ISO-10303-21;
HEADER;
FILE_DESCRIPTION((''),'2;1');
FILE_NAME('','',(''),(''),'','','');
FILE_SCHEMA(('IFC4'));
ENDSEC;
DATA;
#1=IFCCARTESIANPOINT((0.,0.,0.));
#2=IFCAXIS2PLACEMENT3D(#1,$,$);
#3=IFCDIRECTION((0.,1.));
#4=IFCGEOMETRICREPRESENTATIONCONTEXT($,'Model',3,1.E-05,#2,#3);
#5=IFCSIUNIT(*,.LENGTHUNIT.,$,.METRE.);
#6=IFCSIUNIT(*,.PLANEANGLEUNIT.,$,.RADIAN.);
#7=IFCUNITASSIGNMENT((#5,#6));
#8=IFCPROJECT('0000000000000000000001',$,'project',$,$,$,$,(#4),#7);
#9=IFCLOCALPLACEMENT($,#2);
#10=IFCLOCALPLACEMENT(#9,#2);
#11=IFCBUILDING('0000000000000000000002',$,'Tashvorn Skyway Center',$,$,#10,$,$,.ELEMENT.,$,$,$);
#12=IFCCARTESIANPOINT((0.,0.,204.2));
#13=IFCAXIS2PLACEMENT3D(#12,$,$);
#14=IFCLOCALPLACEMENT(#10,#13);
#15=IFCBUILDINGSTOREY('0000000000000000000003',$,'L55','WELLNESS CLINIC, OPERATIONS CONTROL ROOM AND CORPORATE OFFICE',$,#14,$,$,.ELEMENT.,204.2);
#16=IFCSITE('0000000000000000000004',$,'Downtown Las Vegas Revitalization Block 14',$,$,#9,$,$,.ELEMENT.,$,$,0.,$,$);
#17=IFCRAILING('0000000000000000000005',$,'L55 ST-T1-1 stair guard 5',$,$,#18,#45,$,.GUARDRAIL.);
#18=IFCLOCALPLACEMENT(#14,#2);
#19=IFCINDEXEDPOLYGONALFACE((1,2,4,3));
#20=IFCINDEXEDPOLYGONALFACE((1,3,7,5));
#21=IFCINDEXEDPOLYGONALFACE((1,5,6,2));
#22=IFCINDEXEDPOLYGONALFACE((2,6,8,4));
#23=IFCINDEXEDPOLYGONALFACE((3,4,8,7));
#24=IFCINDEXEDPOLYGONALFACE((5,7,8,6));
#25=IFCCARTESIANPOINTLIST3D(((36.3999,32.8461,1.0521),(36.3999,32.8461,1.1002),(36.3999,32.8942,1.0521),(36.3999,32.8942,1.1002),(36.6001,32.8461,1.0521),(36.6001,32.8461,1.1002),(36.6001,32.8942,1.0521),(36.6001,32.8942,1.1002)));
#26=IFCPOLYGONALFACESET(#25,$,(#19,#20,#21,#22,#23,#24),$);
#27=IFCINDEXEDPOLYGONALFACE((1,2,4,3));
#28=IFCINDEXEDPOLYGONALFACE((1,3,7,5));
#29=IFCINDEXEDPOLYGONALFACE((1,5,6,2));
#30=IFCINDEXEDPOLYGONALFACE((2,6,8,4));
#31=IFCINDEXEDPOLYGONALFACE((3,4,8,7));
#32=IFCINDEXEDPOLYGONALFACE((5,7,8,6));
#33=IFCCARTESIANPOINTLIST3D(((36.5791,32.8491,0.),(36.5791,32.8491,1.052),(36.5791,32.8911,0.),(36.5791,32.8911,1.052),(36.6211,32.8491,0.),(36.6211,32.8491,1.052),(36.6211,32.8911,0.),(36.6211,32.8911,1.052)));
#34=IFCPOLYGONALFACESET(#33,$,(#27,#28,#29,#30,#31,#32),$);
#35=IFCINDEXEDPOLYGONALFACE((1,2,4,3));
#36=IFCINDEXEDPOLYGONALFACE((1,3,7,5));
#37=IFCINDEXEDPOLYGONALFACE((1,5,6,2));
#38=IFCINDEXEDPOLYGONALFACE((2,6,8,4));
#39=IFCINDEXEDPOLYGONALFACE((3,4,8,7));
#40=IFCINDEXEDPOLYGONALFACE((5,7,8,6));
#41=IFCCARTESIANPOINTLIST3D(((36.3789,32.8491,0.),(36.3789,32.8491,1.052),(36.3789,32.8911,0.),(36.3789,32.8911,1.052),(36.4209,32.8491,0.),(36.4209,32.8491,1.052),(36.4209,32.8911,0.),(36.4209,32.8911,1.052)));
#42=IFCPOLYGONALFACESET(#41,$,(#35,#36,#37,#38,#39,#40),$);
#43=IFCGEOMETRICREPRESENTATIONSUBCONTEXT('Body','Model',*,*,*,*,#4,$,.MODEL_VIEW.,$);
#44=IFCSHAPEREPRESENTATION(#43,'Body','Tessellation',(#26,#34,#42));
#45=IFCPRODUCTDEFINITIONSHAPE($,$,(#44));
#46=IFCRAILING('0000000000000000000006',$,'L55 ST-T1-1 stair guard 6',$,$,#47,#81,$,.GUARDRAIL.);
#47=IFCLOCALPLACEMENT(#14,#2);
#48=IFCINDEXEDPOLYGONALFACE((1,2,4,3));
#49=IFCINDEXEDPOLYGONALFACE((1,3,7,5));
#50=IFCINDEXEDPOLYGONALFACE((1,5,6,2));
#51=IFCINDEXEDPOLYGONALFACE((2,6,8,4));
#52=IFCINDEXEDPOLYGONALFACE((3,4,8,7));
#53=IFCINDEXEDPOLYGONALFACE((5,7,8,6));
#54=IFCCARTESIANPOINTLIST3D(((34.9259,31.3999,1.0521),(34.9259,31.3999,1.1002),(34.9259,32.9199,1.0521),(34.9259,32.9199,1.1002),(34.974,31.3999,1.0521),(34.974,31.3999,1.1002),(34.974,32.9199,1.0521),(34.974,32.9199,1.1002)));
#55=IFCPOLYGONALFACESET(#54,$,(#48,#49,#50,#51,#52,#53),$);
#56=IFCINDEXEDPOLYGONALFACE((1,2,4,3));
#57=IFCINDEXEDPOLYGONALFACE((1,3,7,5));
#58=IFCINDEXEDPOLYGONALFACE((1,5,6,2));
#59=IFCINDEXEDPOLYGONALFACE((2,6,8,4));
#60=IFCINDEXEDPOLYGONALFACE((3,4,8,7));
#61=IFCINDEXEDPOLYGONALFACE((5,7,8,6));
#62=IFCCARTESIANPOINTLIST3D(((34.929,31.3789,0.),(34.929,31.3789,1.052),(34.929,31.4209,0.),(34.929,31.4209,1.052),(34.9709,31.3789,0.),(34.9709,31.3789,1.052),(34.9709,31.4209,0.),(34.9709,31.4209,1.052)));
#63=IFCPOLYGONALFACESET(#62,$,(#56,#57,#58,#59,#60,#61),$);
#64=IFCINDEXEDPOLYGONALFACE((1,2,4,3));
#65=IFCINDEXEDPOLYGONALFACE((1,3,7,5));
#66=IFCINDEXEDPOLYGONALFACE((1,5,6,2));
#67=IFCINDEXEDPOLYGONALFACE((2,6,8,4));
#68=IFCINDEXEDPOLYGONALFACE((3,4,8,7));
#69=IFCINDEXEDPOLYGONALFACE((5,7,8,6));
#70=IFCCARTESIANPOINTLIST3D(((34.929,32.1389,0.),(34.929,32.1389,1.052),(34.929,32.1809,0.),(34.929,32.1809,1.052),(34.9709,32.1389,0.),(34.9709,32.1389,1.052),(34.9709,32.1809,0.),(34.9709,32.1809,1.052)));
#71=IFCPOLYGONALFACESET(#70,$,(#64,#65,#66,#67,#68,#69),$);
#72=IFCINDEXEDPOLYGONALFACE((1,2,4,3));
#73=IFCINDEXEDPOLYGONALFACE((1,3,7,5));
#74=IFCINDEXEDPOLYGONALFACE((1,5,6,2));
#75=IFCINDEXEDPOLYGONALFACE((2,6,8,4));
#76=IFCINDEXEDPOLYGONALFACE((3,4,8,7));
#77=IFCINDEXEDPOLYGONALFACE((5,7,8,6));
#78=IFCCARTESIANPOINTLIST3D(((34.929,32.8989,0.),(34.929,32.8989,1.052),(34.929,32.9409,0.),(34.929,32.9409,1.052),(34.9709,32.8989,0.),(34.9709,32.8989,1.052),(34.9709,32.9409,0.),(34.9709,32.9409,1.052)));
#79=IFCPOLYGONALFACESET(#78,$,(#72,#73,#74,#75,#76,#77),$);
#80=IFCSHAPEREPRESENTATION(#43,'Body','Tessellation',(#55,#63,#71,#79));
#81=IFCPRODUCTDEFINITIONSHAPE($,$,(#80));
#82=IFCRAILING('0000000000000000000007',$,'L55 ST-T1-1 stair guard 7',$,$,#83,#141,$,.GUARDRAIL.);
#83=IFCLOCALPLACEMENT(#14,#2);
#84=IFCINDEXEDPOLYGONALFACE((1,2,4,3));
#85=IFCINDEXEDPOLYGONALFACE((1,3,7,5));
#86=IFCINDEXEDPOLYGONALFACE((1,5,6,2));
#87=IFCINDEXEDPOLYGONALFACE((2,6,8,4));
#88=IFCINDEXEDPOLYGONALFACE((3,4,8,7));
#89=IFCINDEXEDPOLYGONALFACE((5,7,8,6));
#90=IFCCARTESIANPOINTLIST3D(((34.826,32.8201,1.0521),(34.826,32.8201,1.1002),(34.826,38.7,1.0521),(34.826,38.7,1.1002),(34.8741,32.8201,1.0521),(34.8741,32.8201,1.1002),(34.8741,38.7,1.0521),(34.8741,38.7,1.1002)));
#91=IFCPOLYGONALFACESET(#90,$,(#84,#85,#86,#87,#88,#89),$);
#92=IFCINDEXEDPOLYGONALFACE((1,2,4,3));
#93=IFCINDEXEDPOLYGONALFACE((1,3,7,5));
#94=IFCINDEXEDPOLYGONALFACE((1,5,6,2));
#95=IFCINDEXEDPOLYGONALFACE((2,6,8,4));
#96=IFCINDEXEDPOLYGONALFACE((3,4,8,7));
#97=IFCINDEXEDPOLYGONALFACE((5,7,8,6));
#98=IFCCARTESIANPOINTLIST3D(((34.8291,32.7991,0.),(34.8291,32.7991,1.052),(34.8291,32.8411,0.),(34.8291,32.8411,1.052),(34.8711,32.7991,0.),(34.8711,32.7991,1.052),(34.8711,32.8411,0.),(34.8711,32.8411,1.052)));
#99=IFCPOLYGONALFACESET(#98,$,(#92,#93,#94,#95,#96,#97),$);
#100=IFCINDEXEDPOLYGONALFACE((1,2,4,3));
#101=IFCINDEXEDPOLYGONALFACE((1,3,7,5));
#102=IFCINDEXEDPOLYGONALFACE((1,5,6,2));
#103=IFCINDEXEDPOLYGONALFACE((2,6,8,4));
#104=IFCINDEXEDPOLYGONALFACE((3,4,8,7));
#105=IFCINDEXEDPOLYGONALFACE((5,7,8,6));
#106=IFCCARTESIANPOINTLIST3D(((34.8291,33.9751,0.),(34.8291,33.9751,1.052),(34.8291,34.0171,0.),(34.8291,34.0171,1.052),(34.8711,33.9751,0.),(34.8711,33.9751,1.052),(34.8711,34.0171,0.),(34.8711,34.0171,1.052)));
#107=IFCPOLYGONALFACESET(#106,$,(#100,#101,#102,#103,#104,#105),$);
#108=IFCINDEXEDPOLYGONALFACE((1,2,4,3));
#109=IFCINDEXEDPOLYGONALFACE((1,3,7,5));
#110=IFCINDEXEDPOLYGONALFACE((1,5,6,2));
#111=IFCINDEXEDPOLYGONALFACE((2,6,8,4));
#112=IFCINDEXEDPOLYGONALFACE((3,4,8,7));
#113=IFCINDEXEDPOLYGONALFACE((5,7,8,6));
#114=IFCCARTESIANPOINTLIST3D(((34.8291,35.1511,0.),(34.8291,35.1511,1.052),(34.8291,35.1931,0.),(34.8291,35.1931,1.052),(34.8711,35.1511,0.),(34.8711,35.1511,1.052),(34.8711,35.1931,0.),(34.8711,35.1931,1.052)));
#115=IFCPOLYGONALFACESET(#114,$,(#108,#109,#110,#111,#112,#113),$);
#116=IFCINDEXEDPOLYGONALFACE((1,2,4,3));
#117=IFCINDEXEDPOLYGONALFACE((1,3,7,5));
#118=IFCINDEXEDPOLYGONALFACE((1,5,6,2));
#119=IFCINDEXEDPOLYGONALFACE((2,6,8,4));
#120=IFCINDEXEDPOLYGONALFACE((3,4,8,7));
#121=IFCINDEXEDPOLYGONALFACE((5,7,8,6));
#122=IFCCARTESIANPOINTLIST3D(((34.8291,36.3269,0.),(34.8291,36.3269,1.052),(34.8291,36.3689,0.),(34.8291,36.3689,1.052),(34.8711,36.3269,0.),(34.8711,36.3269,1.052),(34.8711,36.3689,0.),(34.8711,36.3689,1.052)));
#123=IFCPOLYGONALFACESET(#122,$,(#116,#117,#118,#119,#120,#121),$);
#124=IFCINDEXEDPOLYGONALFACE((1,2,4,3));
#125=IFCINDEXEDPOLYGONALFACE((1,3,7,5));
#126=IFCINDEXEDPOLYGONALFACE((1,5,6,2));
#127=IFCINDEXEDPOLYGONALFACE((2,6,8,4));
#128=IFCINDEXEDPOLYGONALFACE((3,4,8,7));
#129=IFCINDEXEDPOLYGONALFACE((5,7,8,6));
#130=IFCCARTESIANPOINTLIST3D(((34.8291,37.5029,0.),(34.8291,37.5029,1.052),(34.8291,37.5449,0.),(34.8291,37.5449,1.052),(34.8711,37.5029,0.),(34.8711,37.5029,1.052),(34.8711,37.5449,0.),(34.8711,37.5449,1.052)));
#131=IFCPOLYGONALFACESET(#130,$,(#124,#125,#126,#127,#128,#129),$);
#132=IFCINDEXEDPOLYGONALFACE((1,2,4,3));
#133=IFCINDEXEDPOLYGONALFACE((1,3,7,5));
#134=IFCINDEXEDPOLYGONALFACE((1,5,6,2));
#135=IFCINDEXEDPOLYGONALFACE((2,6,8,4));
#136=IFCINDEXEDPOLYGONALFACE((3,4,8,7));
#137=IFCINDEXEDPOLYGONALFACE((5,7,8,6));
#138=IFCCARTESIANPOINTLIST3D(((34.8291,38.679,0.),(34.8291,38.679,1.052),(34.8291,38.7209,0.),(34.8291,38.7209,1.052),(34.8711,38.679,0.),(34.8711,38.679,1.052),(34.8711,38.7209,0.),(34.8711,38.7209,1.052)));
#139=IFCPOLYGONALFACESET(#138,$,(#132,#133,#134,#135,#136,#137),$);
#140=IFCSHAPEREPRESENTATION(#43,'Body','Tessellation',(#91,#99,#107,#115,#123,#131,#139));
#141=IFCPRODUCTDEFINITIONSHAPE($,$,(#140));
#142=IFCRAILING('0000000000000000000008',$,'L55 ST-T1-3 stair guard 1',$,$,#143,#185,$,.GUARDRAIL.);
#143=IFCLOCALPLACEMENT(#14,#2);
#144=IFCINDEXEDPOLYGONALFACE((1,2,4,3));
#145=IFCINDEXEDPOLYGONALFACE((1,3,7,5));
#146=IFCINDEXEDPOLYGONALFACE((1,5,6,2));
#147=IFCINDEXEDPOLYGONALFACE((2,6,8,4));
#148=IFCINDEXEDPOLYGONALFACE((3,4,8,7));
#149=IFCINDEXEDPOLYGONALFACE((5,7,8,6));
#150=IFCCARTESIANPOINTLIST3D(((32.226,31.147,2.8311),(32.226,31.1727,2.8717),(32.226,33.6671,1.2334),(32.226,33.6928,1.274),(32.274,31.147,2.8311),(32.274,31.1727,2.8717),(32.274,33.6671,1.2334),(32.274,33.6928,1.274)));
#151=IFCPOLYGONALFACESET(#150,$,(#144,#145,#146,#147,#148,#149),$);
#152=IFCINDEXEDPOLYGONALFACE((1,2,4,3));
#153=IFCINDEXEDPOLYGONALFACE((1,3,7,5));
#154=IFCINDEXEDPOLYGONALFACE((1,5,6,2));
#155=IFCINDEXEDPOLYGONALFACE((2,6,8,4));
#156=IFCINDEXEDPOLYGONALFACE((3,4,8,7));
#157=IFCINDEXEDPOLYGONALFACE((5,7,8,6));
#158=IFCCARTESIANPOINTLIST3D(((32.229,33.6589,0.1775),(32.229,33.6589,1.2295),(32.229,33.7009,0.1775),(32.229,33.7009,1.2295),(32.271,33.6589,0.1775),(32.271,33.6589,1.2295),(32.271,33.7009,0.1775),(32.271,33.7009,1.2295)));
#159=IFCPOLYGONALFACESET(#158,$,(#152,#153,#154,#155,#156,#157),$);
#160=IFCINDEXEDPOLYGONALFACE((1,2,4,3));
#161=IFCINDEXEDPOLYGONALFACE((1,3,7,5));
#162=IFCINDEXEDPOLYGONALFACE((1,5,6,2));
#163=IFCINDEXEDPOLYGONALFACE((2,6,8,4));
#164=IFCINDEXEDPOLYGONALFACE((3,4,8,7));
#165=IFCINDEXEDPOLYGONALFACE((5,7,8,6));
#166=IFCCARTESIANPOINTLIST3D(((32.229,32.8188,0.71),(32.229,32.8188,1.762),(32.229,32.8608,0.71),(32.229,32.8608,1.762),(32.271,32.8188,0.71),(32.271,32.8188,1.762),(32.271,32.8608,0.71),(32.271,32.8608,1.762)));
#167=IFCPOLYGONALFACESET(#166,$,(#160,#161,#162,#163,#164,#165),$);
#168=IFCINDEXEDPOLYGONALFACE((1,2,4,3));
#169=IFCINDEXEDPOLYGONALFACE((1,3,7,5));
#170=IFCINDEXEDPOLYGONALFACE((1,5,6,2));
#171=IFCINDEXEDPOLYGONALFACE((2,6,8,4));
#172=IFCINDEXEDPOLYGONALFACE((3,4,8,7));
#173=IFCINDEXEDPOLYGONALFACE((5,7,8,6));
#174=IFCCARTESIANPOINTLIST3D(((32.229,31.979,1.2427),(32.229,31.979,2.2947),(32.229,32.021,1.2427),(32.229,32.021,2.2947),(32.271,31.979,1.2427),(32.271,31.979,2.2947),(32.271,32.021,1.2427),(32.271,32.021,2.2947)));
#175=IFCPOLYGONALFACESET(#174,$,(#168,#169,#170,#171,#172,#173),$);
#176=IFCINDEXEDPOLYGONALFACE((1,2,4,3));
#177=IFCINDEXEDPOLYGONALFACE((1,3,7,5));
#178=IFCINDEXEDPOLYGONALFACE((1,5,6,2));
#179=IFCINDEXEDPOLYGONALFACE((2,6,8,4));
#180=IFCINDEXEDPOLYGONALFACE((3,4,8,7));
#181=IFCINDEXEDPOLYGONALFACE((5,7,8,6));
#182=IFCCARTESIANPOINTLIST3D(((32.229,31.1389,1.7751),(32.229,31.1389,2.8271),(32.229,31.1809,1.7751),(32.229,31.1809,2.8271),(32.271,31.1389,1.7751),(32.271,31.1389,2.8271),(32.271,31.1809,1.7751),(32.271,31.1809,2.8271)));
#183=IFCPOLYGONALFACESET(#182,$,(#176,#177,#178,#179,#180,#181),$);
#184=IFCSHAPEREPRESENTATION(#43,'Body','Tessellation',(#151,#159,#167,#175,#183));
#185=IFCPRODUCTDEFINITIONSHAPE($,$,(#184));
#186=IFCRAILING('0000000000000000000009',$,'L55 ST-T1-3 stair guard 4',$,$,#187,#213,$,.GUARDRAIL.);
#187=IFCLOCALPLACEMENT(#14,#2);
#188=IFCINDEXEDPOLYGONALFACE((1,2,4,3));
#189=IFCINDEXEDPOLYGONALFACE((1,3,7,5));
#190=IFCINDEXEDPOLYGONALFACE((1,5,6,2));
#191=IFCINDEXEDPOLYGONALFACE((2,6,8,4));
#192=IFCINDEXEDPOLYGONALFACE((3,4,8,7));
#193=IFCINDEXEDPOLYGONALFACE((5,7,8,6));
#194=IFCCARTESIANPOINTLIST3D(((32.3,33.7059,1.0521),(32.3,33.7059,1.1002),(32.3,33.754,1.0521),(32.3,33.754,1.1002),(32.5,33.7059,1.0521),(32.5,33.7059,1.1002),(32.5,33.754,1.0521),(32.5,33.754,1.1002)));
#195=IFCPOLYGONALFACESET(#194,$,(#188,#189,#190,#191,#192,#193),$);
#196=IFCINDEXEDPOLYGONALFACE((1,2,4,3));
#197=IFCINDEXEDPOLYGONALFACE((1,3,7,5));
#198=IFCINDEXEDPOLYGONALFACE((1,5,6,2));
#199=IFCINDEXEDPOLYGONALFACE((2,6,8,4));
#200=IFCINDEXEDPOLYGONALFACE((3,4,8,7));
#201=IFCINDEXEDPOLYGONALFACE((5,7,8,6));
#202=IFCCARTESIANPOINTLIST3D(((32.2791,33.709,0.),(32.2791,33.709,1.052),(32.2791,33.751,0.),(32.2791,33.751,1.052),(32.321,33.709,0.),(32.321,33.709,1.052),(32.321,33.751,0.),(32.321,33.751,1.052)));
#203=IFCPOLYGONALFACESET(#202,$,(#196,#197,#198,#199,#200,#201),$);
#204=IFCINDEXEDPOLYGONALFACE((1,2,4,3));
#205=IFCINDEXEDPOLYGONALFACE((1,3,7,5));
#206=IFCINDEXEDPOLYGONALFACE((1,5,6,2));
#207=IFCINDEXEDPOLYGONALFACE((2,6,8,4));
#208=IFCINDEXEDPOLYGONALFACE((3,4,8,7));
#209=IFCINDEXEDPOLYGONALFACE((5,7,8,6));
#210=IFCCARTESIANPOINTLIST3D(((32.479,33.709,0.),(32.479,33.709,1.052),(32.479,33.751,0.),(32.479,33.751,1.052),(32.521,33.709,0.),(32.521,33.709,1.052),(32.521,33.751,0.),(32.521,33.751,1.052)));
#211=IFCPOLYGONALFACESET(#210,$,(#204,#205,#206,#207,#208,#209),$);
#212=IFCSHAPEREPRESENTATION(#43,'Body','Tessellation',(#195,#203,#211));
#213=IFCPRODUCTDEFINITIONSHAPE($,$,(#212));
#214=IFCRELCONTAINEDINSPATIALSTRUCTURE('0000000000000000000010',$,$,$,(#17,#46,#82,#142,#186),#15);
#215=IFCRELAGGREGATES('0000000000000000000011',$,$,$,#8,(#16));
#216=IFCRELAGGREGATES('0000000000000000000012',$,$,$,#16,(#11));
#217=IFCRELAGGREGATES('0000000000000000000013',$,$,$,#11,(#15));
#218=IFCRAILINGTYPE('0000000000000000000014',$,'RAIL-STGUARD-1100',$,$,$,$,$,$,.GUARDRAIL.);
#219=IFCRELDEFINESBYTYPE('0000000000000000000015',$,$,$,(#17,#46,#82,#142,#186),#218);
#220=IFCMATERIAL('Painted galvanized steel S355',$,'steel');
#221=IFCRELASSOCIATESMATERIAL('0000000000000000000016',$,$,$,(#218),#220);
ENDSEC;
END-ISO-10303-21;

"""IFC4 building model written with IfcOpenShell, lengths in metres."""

from ifc_helpers import new_model, si_unit, direction, frame, origin, origin_2d, place, context, subcontext, project, spatial, rectangle, extrude, material, type_object, element, save


model = new_model("IFC4")

# Units and contexts
model_context = context("Model", 3, precision=1e-05, world=origin(), true_north=direction((0.0, 1.0)))
body_context = subcontext(model_context, "Body", "Model", "MODEL_VIEW")
ifc_project = project(units=[si_unit("LENGTHUNIT", "METRE"), si_unit("PLANEANGLEUNIT", "RADIAN")], contexts=[model_context])

# Site, building, storey
site_placement = place(None, origin())
site = spatial("IfcSite", under=ifc_project, at=site_placement, Name="Downtown Las Vegas Revitalization Block 14", CompositionType="ELEMENT", RefElevation=0.0)
building_placement = place(site_placement, origin())
building = spatial("IfcBuilding", under=site, at=building_placement, Name="Tashvorn Skyway Center", CompositionType="ELEMENT")
storey_placement = place(building_placement, frame((0.0, 0.0, 204.2)))
storey = spatial("IfcBuildingStorey", under=building, at=storey_placement, Name="L55", Description="WELLNESS CLINIC, OPERATIONS CONTROL ROOM AND CORPORATE OFFICE", CompositionType="ELEMENT", Elevation=204.2)

# Railings
ifc_material_1 = material(Name="Painted galvanized steel S355", Category="steel")
railing_type_1 = type_object("IfcRailingType", Name="RAIL-STGUARD-1100", PredefinedType="GUARDRAIL", material=ifc_material_1)
railing_1_placement = place(storey_placement, frame((36.6001, 32.8701, 0.0)))
element("IfcRailing", 1, at=railing_1_placement, inside=storey, type_object=railing_type_1, Name="L55 ST-T1-1 stair guard 5", PredefinedType="GUARDRAIL", context=body_context, shape_type="SweptSolid", body=[
    extrude(rectangle(XDim=0.0481, YDim=0.0481, at=origin_2d()), frame((0.0, 0.0, 1.0762), z_axis=(-1.0, 0.0, 0.0), x_axis=(0.0, -1.0, 0.0)), (0.0, 0.0, 1.0), 0.2002),
    extrude(rectangle(XDim=0.042, YDim=0.042, at=origin_2d()), origin(), (0.0, 0.0, 1.0), 1.052),
    extrude(rectangle(XDim=0.042, YDim=0.042, at=origin_2d()), frame((-0.2002, 0.0, 0.0)), (0.0, 0.0, 1.0), 1.052),
])
railing_2_placement = place(storey_placement, frame((34.95, 31.3999, 0.0)))
element("IfcRailing", 2, at=railing_2_placement, inside=storey, type_object=railing_type_1, Name="L55 ST-T1-1 stair guard 6", PredefinedType="GUARDRAIL", context=body_context, shape_type="SweptSolid", body=[
    extrude(rectangle(XDim=0.0481, YDim=0.0481, at=origin_2d()), frame((0.0, 0.0, 1.0762), z_axis=(0.0, 1.0, 0.0), x_axis=(-1.0, 0.0, 0.0)), (0.0, 0.0, 1.0), 1.52),
    extrude(rectangle(XDim=0.042, YDim=0.042, at=origin_2d()), origin(), (0.0, 0.0, 1.0), 1.052),
    extrude(rectangle(XDim=0.042, YDim=0.042, at=origin_2d()), frame((0.0, 0.76, 0.0)), (0.0, 0.0, 1.0), 1.052),
    extrude(rectangle(XDim=0.042, YDim=0.042, at=origin_2d()), frame((0.0, 1.52, 0.0)), (0.0, 0.0, 1.0), 1.052),
])
railing_3_placement = place(storey_placement, frame((34.8501, 32.8201, 0.0)))
element("IfcRailing", 3, at=railing_3_placement, inside=storey, type_object=railing_type_1, Name="L55 ST-T1-1 stair guard 7", PredefinedType="GUARDRAIL", context=body_context, shape_type="SweptSolid", body=[
    extrude(rectangle(XDim=0.0481, YDim=0.0481, at=origin_2d()), frame((0.0, 0.0, 1.0762), z_axis=(0.0, 1.0, 0.0), x_axis=(-1.0, 0.0, 0.0)), (0.0, 0.0, 1.0), 5.8799),
    extrude(rectangle(XDim=0.042, YDim=0.042, at=origin_2d()), origin(), (0.0, 0.0, 1.0), 1.052),
    extrude(rectangle(XDim=0.042, YDim=0.042, at=origin_2d()), frame((0.0, 1.176, 0.0)), (0.0, 0.0, 1.0), 1.052),
    extrude(rectangle(XDim=0.042, YDim=0.042, at=origin_2d()), frame((0.0, 2.3521, 0.0)), (0.0, 0.0, 1.0), 1.052),
    extrude(rectangle(XDim=0.042, YDim=0.042, at=origin_2d()), frame((0.0, 3.5278, 0.0)), (0.0, 0.0, 1.0), 1.052),
    extrude(rectangle(XDim=0.042, YDim=0.042, at=origin_2d()), frame((0.0, 4.7039, 0.0)), (0.0, 0.0, 1.0), 1.052),
    extrude(rectangle(XDim=0.042, YDim=0.042, at=origin_2d()), frame((0.0, 5.8799, 0.0)), (0.0, 0.0, 1.0), 1.052),
])
railing_4_placement = place(storey_placement, frame((32.25, 33.6799, 0.1775)))
element("IfcRailing", 4, at=railing_4_placement, inside=storey, type_object=railing_type_1, Name="L55 ST-T1-3 stair guard 1", PredefinedType="GUARDRAIL", context=body_context, shape_type="SweptSolid", body=[
    extrude(rectangle(XDim=0.0481, YDim=0.0481, at=origin_2d()), frame((0.0, 0.0, 1.0762), z_axis=(0.0, -0.84457, 0.535445), x_axis=(1.0, 0.0, 0.0)), (0.0, 0.0, 1.0), 2.9839),
    extrude(rectangle(XDim=0.042, YDim=0.042, at=origin_2d()), origin(), (0.0, 0.0, 1.0), 1.052),
    extrude(rectangle(XDim=0.042, YDim=0.042, at=origin_2d()), frame((0.0, -0.8401, 0.5325)), (0.0, 0.0, 1.0), 1.052),
    extrude(rectangle(XDim=0.042, YDim=0.042, at=origin_2d()), frame((0.0, -1.6799, 1.0652)), (0.0, 0.0, 1.0), 1.052),
    extrude(rectangle(XDim=0.042, YDim=0.042, at=origin_2d()), frame((0.0, -2.52, 1.5977)), (0.0, 0.0, 1.0), 1.052),
])
railing_5_placement = place(storey_placement, frame((32.3, 33.73, 0.0)))
element("IfcRailing", 5, at=railing_5_placement, inside=storey, type_object=railing_type_1, Name="L55 ST-T1-3 stair guard 4", PredefinedType="GUARDRAIL", context=body_context, shape_type="SweptSolid", body=[
    extrude(rectangle(XDim=0.0481, YDim=0.0481, at=origin_2d()), frame((0.0, 0.0, 1.0762), z_axis=(1.0, 0.0, 0.0), x_axis=(0.0, 1.0, 0.0)), (0.0, 0.0, 1.0), 0.2),
    extrude(rectangle(XDim=0.042, YDim=0.042, at=origin_2d()), origin(), (0.0, 0.0, 1.0), 1.052),
    extrude(rectangle(XDim=0.042, YDim=0.042, at=origin_2d()), frame((0.2, 0.0, 0.0)), (0.0, 0.0, 1.0), 1.052),
])

save(model, "model.ifc")
